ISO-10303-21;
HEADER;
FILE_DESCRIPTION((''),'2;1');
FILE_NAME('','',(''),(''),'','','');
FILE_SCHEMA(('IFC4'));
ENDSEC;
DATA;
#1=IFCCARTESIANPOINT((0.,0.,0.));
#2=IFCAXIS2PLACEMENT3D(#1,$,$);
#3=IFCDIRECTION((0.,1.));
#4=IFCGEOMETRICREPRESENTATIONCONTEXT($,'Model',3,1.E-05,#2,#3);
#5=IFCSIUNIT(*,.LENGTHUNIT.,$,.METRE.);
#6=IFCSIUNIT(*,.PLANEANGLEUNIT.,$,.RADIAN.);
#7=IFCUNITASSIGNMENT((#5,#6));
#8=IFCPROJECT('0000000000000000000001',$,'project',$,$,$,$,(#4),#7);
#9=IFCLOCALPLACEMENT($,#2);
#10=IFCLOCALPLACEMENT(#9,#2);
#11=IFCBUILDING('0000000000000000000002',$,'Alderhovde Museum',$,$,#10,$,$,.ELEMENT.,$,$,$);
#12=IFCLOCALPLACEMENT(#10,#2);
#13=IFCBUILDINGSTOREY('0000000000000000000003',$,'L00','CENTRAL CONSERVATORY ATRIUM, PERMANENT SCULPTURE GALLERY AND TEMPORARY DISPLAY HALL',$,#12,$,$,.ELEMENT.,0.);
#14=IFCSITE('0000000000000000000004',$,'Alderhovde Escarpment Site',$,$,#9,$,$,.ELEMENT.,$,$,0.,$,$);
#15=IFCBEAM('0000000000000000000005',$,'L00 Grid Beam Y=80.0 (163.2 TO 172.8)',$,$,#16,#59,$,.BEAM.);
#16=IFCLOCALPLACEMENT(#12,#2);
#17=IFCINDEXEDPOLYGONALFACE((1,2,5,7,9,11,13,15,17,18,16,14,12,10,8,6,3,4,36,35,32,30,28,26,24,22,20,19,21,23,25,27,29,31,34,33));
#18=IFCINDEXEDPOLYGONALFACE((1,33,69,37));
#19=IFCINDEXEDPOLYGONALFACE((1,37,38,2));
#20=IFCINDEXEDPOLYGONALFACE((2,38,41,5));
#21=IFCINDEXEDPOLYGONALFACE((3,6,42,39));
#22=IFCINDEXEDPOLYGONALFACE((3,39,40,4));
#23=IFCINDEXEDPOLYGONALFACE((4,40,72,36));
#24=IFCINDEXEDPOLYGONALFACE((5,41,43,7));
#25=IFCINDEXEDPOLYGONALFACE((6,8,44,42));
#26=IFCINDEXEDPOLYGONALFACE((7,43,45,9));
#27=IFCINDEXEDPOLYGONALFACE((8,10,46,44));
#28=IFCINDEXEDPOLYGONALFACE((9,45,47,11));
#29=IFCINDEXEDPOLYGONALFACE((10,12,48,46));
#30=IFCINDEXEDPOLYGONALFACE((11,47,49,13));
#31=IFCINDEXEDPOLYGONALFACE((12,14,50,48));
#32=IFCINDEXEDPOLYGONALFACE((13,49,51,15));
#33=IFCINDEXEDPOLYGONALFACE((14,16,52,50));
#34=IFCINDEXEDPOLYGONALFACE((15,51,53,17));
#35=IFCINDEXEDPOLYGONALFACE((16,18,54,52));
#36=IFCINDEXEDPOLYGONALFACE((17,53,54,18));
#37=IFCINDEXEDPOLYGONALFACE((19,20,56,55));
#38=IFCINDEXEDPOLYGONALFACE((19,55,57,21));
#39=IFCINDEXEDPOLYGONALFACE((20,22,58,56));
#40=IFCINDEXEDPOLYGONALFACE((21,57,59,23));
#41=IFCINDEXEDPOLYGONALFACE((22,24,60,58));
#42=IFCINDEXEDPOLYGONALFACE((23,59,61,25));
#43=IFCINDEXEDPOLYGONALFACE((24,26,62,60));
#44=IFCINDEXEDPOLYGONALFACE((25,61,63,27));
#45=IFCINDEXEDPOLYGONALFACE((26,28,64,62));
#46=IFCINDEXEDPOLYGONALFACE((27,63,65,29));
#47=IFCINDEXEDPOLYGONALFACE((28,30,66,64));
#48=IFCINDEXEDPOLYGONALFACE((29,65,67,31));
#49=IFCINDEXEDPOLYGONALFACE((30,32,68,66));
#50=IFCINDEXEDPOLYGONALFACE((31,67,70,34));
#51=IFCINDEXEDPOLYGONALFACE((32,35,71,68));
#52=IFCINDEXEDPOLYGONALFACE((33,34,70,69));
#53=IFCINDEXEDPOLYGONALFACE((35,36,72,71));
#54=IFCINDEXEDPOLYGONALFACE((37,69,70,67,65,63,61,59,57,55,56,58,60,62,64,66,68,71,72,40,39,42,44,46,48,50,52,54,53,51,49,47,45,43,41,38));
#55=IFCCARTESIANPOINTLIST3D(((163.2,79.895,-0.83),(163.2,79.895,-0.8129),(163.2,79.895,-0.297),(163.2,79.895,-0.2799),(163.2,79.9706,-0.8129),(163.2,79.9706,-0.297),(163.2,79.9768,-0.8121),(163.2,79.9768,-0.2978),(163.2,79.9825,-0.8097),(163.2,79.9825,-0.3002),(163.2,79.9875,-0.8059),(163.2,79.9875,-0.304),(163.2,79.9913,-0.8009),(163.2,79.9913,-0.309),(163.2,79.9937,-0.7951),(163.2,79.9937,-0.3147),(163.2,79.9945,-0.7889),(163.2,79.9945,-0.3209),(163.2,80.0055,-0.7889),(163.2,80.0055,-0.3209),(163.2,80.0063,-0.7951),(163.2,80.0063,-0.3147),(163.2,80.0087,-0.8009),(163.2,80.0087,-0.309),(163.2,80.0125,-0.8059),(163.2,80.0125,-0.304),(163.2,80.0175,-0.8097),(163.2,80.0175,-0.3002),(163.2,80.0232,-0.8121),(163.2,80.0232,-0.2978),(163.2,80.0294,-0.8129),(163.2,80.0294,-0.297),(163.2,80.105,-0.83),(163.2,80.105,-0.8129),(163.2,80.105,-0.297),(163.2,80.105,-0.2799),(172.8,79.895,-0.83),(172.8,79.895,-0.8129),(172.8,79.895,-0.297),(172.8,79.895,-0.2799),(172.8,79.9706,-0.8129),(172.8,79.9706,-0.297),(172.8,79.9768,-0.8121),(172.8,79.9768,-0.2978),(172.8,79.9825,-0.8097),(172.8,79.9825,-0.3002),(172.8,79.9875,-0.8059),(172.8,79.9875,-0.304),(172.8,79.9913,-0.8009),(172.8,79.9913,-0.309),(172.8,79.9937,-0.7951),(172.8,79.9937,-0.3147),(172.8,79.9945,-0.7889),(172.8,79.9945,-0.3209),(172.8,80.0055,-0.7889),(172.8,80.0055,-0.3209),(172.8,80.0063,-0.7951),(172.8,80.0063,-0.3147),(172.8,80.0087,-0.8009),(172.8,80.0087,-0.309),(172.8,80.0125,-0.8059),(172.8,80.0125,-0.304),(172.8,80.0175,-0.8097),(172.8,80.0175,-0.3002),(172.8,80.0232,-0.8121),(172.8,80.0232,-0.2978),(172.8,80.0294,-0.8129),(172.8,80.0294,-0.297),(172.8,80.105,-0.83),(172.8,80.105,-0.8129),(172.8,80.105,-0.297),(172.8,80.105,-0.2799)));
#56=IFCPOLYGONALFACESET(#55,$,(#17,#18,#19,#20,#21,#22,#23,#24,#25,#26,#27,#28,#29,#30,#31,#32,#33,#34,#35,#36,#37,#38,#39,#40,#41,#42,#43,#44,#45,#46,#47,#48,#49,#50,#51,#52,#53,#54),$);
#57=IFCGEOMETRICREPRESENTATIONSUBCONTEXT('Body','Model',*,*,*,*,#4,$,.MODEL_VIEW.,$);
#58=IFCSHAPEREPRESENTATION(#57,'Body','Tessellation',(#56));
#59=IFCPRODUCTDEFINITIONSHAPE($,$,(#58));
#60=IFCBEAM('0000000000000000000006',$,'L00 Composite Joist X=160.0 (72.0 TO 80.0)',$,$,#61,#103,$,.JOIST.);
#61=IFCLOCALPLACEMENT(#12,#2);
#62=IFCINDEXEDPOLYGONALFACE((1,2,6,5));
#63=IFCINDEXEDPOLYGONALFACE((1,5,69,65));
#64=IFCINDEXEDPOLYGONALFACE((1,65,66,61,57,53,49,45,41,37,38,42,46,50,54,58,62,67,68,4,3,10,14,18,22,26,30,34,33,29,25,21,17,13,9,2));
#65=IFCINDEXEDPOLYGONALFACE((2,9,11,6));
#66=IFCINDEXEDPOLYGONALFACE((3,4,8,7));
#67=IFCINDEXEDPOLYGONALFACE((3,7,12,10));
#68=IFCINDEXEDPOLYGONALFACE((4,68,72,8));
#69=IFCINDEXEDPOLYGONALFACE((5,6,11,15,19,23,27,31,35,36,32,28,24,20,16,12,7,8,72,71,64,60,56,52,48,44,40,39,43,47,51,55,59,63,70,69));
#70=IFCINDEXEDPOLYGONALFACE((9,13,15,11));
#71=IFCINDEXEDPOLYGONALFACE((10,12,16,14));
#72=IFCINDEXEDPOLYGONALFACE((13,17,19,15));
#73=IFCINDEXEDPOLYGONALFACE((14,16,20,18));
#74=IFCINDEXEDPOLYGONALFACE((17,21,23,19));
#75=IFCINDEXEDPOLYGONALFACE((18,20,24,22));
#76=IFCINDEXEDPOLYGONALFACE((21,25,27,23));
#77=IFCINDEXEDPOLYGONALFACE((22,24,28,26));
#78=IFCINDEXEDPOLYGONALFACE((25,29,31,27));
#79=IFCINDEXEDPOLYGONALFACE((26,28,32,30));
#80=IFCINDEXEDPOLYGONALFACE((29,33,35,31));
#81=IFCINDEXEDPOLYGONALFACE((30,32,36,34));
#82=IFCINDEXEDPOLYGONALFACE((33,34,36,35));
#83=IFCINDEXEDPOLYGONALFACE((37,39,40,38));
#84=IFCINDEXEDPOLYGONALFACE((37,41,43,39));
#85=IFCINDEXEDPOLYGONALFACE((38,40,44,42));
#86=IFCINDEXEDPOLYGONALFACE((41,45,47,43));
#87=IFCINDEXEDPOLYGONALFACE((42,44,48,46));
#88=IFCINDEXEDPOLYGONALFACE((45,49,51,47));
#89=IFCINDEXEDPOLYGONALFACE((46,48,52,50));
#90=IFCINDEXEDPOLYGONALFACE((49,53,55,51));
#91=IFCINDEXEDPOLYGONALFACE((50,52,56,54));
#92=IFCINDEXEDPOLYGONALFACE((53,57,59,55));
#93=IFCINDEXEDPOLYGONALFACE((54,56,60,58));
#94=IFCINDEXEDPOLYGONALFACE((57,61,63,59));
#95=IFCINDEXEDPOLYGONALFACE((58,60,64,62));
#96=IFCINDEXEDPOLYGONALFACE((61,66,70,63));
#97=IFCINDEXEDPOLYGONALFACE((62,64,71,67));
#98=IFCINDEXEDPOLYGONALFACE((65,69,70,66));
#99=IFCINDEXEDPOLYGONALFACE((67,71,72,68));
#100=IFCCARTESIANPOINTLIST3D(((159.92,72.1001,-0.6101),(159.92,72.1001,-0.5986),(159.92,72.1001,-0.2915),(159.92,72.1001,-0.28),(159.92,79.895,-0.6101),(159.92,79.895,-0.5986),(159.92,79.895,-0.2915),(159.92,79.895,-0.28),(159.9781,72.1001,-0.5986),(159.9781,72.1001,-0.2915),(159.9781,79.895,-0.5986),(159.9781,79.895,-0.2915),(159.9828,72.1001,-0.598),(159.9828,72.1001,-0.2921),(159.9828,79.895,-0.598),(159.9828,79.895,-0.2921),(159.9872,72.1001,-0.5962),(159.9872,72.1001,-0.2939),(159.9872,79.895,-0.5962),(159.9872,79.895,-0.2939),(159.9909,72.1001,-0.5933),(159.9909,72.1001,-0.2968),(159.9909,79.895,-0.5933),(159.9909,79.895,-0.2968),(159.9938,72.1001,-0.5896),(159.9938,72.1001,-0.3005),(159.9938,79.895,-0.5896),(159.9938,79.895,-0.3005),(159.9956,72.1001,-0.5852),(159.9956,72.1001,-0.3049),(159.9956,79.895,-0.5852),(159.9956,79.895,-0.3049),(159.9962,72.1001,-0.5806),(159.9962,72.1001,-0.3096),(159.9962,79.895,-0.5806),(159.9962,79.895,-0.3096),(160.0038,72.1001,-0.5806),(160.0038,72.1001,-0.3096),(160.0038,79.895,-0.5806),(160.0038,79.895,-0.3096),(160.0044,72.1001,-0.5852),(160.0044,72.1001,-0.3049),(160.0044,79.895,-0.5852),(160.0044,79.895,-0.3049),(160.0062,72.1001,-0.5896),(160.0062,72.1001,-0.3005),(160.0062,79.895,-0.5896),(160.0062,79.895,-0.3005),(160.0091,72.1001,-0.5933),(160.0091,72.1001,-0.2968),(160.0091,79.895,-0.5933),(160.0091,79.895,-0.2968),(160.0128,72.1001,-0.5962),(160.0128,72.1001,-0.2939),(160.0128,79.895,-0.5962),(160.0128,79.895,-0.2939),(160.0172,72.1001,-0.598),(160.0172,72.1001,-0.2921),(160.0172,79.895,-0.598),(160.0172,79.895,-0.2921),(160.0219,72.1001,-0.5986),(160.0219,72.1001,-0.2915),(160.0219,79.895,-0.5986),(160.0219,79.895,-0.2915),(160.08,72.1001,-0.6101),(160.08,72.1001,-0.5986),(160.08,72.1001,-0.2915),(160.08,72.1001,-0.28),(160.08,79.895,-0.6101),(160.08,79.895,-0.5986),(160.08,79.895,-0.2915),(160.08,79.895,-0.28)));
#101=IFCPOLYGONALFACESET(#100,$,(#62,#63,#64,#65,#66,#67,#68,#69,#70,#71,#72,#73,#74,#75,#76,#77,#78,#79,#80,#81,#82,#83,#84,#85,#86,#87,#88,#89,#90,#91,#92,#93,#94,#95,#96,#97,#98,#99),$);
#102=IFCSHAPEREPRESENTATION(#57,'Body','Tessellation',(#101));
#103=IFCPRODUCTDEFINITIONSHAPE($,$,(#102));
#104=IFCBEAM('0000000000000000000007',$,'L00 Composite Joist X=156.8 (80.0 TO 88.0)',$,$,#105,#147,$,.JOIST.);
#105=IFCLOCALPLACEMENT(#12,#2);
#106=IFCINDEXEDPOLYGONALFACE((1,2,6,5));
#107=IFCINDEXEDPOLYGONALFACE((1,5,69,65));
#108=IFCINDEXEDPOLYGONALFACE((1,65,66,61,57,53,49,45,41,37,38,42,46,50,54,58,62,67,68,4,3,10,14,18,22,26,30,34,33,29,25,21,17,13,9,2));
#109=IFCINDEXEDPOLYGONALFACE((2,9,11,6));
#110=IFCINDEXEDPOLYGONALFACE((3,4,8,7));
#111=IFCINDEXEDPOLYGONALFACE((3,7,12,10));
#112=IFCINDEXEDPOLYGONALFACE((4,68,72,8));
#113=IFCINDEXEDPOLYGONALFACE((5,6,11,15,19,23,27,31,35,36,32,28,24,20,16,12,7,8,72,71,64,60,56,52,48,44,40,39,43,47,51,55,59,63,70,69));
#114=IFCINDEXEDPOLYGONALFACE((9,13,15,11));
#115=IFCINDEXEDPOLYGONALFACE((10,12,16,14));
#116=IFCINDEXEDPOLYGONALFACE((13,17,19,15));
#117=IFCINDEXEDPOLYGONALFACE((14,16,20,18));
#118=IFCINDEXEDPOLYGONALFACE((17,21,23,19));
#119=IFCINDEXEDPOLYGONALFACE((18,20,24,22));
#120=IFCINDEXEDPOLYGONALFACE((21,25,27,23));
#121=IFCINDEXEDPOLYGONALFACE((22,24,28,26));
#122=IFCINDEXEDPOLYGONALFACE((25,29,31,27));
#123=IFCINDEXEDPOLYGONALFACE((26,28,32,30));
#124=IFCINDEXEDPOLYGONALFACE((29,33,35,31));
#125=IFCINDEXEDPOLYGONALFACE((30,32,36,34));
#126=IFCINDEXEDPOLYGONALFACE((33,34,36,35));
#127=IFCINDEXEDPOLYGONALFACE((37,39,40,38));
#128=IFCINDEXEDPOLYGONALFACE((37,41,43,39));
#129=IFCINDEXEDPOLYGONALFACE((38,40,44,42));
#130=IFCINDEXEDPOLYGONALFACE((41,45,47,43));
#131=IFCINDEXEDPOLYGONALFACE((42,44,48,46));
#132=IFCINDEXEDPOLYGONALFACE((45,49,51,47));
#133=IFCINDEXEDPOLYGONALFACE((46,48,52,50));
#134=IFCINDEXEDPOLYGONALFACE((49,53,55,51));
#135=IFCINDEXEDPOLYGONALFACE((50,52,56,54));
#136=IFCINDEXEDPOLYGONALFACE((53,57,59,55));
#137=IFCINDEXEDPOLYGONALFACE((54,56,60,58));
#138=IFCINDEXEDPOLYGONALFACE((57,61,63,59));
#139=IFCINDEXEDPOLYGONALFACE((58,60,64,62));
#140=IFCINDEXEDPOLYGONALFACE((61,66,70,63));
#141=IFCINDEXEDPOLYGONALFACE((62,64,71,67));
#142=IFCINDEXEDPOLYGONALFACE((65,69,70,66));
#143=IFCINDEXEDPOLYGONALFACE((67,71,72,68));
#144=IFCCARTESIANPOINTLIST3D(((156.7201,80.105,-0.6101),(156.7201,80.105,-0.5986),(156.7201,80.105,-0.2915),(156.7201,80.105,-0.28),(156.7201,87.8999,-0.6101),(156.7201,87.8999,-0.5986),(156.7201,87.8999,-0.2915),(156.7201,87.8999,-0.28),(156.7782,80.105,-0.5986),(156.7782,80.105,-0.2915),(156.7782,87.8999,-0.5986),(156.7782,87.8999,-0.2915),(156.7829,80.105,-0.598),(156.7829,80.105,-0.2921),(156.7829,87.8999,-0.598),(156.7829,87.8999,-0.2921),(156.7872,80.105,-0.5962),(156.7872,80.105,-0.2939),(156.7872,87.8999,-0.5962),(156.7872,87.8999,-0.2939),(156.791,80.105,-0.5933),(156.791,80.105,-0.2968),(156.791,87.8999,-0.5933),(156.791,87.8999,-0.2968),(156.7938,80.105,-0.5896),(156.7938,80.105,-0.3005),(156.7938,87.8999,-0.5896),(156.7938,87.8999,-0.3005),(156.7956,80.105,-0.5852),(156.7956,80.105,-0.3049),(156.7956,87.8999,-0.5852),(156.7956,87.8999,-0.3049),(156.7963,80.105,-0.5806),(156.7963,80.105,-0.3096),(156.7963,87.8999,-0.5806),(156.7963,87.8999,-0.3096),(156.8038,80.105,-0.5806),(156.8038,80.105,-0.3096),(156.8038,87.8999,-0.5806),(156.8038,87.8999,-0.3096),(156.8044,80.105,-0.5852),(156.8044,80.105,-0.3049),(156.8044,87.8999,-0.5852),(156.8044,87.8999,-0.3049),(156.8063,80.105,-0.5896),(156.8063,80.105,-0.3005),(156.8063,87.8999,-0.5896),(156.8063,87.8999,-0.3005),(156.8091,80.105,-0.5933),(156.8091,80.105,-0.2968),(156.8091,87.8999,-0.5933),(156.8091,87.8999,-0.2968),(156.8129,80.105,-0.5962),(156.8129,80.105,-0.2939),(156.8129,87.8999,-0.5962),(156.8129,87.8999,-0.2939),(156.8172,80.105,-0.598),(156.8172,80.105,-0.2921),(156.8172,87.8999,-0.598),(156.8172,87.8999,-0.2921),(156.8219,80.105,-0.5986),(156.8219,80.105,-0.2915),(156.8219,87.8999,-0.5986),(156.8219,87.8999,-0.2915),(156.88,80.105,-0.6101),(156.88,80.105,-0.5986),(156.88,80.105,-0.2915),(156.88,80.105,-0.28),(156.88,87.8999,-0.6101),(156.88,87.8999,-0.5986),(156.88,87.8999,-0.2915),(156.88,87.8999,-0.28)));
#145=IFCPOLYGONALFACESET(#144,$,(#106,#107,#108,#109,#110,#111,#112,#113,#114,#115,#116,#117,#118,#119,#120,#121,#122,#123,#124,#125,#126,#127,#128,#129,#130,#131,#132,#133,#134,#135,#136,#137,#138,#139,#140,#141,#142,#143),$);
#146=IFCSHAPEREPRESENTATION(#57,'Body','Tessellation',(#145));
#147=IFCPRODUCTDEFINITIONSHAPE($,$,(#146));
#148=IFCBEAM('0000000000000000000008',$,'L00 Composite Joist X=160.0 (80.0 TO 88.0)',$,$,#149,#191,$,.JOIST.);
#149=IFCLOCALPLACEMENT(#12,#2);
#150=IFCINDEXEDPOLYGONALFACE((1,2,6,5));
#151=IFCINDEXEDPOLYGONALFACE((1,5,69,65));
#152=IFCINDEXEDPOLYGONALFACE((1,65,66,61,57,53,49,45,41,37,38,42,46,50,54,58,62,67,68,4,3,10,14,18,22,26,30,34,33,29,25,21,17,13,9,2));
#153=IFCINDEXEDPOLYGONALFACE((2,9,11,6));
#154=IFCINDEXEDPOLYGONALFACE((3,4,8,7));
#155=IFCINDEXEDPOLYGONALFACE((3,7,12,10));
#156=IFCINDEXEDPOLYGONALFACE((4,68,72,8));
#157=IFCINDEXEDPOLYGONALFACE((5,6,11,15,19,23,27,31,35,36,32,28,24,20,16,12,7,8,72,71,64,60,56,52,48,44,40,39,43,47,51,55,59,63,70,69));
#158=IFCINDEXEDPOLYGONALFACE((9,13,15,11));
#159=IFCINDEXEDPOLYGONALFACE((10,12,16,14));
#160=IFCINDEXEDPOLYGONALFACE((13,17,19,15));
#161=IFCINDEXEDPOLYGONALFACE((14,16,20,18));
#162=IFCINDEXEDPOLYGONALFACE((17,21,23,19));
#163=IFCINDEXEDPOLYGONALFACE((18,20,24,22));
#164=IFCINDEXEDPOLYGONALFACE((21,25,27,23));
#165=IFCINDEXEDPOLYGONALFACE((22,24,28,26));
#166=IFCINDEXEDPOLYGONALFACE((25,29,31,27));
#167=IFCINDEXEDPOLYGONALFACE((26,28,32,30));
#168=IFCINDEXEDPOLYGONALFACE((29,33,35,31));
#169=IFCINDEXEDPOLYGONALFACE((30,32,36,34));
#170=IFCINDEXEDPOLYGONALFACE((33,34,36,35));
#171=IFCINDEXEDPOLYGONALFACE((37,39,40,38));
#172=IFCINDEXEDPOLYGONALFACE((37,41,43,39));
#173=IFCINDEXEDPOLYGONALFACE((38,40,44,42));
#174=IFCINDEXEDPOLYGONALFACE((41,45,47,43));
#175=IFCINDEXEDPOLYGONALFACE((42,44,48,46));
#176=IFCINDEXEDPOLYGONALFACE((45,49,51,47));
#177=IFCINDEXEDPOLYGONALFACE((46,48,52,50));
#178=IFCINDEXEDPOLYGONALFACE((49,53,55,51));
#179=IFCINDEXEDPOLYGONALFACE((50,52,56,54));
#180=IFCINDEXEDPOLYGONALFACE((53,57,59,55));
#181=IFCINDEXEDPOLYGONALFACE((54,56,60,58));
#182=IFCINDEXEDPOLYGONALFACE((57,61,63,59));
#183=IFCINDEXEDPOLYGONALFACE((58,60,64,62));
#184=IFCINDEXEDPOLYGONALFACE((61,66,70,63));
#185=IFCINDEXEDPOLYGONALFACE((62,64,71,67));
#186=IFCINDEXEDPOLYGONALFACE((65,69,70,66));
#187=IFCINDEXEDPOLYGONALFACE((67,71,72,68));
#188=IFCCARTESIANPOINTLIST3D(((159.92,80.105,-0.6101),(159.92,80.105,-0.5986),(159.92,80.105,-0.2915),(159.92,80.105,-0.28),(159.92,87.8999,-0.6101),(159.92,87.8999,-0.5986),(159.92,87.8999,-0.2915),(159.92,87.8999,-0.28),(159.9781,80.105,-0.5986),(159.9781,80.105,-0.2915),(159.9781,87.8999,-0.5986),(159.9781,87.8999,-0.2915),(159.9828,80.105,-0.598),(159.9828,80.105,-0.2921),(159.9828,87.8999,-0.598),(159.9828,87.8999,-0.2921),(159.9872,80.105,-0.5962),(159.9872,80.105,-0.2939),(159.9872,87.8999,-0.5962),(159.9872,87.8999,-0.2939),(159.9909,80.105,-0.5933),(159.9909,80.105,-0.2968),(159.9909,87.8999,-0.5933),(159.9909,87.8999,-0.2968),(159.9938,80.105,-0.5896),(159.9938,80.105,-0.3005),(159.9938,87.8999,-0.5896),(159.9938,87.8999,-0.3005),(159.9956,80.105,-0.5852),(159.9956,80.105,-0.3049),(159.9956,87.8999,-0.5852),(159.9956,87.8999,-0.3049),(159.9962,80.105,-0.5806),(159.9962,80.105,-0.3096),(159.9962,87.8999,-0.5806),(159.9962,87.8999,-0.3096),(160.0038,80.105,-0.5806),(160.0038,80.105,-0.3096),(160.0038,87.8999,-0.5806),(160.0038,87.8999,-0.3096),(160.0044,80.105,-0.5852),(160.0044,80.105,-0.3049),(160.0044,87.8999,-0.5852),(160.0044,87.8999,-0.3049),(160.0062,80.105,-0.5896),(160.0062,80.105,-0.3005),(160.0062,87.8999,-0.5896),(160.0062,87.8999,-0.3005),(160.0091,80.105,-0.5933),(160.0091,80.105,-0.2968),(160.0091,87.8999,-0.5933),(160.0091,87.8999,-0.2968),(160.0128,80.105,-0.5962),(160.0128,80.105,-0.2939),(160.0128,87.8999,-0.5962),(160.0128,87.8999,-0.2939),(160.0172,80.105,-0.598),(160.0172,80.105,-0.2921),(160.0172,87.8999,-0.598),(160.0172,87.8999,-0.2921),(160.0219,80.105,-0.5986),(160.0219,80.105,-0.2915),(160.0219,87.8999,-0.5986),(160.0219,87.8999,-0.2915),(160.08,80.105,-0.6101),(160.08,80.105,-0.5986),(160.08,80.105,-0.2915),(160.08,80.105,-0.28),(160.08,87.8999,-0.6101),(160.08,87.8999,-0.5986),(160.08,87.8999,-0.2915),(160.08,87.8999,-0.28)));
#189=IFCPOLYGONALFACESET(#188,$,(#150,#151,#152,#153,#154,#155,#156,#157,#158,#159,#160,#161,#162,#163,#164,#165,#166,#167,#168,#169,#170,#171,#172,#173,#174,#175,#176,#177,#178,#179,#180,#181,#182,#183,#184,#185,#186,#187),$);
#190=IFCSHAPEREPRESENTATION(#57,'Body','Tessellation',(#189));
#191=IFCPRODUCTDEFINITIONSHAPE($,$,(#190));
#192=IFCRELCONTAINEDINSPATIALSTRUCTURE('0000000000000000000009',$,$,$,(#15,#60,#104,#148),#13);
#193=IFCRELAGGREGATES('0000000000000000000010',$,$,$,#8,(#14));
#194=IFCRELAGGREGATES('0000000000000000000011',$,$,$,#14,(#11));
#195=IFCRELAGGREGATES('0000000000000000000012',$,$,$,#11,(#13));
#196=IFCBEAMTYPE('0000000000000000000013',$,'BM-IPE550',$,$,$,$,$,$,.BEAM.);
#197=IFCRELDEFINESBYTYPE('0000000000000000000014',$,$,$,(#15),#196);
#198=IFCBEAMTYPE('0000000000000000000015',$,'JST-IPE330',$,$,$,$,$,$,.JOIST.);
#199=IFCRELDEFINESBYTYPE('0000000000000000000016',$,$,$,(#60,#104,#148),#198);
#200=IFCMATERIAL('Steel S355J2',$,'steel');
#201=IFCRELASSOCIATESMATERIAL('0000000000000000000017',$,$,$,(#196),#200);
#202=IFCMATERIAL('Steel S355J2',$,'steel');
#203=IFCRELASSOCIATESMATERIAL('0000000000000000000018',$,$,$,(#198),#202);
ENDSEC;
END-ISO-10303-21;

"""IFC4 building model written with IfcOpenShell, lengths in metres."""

from ifc_helpers import new_model, si_unit, direction, frame, origin, origin_2d, place, context, subcontext, project, spatial, i_section, extrude, material, material_profile, profile_set, type_object, element, save


model = new_model("IFC4")

# Units and contexts
model_context = context("Model", 3, precision=1e-05, world=origin(), true_north=direction((0.0, 1.0)))
body_context = subcontext(model_context, "Body", "Model", "MODEL_VIEW")
ifc_project = project(units=[si_unit("LENGTHUNIT", "METRE"), si_unit("PLANEANGLEUNIT", "RADIAN")], contexts=[model_context])

# Site, building, storey
site_placement = place(None, origin())
site = spatial("IfcSite", under=ifc_project, at=site_placement, Name="Alderhovde Escarpment Site", CompositionType="ELEMENT", RefElevation=0.0)
building_placement = place(site_placement, origin())
building = spatial("IfcBuilding", under=site, at=building_placement, Name="Alderhovde Museum", CompositionType="ELEMENT")
storey_placement = place(building_placement, origin())
storey = spatial("IfcBuildingStorey", under=building, at=storey_placement, Name="L00", Description="CENTRAL CONSERVATORY ATRIUM, PERMANENT SCULPTURE GALLERY AND TEMPORARY DISPLAY HALL", CompositionType="ELEMENT", Elevation=0.0)

# Beams
ifc_material_1 = material(Name="Steel S355J2", Category="steel")
ifc_material_profile_1 = material_profile(ifc_material_1, i_section(OverallWidth=0.21, OverallDepth=0.55, WebThickness=0.011, FlangeThickness=0.0171, FilletRadius=0.0239, at=origin_2d()), Name="IPE 550")
ifc_profile_set_1 = profile_set([ifc_material_profile_1], Name="Steel S355J2")
beam_type_1 = type_object("IfcBeamType", Name="BM-IPE550", PredefinedType="BEAM", material=ifc_profile_set_1)
beam_1_placement = place(storey_placement, frame((163.2, 80.0, -0.5549), z_axis=(1.0, 0.0, 0.0), x_axis=(0.0, 1.0, 0.0)))
element("IfcBeam", 1, at=beam_1_placement, inside=storey, type_object=beam_type_1, Name="L00 Grid Beam Y=80.0 (163.2 TO 172.8)", PredefinedType="BEAM", context=body_context, shape_type="SweptSolid", body=[
    extrude(i_section(OverallWidth=0.21, OverallDepth=0.55, WebThickness=0.011, FlangeThickness=0.0171, FilletRadius=0.0239, at=origin_2d()), origin(), (0.0, 0.0, 1.0), 9.6001),
])
ifc_material_2 = material(Name="Steel S355J2", Category="steel")
ifc_material_profile_2 = material_profile(ifc_material_2, i_section(OverallWidth=0.1599, OverallDepth=0.3301, WebThickness=0.0076, FlangeThickness=0.0115, FilletRadius=0.0181, at=origin_2d()), Name="IPE 330")
ifc_profile_set_2 = profile_set([ifc_material_profile_2], Name="Steel S355J2")
beam_type_2 = type_object("IfcBeamType", Name="JST-IPE330", PredefinedType="JOIST", material=ifc_profile_set_2)
for number, where, z_axis, x_axis, name in (
    (2, (160.0, 72.1001, -0.4451), (0.0, 1.0, 0.0), (-1.0, 0.0, 0.0), "L00 Composite Joist X=160.0 (72.0 TO 80.0)"),
    (3, (156.8, 80.105, -0.4451), (0.0, 1.0, 0.0), (-1.0, 0.0, 0.0), "L00 Composite Joist X=156.8 (80.0 TO 88.0)"),
    (4, (160.0, 80.105, -0.4451), (0.0, 1.0, 0.0), (-1.0, 0.0, 0.0), "L00 Composite Joist X=160.0 (80.0 TO 88.0)"),
):
    element("IfcBeam", number, at=place(storey_placement, frame(where, z_axis=z_axis, x_axis=x_axis)), inside=storey, type_object=beam_type_2, Name=name, PredefinedType="JOIST", context=body_context, shape_type="SweptSolid", body=[
        extrude(i_section(OverallWidth=0.1599, OverallDepth=0.3301, WebThickness=0.0076, FlangeThickness=0.0115, FilletRadius=0.0181, at=origin_2d()), origin(), (0.0, 0.0, 1.0), 7.7949),
    ])

save(model, "model.ifc")
